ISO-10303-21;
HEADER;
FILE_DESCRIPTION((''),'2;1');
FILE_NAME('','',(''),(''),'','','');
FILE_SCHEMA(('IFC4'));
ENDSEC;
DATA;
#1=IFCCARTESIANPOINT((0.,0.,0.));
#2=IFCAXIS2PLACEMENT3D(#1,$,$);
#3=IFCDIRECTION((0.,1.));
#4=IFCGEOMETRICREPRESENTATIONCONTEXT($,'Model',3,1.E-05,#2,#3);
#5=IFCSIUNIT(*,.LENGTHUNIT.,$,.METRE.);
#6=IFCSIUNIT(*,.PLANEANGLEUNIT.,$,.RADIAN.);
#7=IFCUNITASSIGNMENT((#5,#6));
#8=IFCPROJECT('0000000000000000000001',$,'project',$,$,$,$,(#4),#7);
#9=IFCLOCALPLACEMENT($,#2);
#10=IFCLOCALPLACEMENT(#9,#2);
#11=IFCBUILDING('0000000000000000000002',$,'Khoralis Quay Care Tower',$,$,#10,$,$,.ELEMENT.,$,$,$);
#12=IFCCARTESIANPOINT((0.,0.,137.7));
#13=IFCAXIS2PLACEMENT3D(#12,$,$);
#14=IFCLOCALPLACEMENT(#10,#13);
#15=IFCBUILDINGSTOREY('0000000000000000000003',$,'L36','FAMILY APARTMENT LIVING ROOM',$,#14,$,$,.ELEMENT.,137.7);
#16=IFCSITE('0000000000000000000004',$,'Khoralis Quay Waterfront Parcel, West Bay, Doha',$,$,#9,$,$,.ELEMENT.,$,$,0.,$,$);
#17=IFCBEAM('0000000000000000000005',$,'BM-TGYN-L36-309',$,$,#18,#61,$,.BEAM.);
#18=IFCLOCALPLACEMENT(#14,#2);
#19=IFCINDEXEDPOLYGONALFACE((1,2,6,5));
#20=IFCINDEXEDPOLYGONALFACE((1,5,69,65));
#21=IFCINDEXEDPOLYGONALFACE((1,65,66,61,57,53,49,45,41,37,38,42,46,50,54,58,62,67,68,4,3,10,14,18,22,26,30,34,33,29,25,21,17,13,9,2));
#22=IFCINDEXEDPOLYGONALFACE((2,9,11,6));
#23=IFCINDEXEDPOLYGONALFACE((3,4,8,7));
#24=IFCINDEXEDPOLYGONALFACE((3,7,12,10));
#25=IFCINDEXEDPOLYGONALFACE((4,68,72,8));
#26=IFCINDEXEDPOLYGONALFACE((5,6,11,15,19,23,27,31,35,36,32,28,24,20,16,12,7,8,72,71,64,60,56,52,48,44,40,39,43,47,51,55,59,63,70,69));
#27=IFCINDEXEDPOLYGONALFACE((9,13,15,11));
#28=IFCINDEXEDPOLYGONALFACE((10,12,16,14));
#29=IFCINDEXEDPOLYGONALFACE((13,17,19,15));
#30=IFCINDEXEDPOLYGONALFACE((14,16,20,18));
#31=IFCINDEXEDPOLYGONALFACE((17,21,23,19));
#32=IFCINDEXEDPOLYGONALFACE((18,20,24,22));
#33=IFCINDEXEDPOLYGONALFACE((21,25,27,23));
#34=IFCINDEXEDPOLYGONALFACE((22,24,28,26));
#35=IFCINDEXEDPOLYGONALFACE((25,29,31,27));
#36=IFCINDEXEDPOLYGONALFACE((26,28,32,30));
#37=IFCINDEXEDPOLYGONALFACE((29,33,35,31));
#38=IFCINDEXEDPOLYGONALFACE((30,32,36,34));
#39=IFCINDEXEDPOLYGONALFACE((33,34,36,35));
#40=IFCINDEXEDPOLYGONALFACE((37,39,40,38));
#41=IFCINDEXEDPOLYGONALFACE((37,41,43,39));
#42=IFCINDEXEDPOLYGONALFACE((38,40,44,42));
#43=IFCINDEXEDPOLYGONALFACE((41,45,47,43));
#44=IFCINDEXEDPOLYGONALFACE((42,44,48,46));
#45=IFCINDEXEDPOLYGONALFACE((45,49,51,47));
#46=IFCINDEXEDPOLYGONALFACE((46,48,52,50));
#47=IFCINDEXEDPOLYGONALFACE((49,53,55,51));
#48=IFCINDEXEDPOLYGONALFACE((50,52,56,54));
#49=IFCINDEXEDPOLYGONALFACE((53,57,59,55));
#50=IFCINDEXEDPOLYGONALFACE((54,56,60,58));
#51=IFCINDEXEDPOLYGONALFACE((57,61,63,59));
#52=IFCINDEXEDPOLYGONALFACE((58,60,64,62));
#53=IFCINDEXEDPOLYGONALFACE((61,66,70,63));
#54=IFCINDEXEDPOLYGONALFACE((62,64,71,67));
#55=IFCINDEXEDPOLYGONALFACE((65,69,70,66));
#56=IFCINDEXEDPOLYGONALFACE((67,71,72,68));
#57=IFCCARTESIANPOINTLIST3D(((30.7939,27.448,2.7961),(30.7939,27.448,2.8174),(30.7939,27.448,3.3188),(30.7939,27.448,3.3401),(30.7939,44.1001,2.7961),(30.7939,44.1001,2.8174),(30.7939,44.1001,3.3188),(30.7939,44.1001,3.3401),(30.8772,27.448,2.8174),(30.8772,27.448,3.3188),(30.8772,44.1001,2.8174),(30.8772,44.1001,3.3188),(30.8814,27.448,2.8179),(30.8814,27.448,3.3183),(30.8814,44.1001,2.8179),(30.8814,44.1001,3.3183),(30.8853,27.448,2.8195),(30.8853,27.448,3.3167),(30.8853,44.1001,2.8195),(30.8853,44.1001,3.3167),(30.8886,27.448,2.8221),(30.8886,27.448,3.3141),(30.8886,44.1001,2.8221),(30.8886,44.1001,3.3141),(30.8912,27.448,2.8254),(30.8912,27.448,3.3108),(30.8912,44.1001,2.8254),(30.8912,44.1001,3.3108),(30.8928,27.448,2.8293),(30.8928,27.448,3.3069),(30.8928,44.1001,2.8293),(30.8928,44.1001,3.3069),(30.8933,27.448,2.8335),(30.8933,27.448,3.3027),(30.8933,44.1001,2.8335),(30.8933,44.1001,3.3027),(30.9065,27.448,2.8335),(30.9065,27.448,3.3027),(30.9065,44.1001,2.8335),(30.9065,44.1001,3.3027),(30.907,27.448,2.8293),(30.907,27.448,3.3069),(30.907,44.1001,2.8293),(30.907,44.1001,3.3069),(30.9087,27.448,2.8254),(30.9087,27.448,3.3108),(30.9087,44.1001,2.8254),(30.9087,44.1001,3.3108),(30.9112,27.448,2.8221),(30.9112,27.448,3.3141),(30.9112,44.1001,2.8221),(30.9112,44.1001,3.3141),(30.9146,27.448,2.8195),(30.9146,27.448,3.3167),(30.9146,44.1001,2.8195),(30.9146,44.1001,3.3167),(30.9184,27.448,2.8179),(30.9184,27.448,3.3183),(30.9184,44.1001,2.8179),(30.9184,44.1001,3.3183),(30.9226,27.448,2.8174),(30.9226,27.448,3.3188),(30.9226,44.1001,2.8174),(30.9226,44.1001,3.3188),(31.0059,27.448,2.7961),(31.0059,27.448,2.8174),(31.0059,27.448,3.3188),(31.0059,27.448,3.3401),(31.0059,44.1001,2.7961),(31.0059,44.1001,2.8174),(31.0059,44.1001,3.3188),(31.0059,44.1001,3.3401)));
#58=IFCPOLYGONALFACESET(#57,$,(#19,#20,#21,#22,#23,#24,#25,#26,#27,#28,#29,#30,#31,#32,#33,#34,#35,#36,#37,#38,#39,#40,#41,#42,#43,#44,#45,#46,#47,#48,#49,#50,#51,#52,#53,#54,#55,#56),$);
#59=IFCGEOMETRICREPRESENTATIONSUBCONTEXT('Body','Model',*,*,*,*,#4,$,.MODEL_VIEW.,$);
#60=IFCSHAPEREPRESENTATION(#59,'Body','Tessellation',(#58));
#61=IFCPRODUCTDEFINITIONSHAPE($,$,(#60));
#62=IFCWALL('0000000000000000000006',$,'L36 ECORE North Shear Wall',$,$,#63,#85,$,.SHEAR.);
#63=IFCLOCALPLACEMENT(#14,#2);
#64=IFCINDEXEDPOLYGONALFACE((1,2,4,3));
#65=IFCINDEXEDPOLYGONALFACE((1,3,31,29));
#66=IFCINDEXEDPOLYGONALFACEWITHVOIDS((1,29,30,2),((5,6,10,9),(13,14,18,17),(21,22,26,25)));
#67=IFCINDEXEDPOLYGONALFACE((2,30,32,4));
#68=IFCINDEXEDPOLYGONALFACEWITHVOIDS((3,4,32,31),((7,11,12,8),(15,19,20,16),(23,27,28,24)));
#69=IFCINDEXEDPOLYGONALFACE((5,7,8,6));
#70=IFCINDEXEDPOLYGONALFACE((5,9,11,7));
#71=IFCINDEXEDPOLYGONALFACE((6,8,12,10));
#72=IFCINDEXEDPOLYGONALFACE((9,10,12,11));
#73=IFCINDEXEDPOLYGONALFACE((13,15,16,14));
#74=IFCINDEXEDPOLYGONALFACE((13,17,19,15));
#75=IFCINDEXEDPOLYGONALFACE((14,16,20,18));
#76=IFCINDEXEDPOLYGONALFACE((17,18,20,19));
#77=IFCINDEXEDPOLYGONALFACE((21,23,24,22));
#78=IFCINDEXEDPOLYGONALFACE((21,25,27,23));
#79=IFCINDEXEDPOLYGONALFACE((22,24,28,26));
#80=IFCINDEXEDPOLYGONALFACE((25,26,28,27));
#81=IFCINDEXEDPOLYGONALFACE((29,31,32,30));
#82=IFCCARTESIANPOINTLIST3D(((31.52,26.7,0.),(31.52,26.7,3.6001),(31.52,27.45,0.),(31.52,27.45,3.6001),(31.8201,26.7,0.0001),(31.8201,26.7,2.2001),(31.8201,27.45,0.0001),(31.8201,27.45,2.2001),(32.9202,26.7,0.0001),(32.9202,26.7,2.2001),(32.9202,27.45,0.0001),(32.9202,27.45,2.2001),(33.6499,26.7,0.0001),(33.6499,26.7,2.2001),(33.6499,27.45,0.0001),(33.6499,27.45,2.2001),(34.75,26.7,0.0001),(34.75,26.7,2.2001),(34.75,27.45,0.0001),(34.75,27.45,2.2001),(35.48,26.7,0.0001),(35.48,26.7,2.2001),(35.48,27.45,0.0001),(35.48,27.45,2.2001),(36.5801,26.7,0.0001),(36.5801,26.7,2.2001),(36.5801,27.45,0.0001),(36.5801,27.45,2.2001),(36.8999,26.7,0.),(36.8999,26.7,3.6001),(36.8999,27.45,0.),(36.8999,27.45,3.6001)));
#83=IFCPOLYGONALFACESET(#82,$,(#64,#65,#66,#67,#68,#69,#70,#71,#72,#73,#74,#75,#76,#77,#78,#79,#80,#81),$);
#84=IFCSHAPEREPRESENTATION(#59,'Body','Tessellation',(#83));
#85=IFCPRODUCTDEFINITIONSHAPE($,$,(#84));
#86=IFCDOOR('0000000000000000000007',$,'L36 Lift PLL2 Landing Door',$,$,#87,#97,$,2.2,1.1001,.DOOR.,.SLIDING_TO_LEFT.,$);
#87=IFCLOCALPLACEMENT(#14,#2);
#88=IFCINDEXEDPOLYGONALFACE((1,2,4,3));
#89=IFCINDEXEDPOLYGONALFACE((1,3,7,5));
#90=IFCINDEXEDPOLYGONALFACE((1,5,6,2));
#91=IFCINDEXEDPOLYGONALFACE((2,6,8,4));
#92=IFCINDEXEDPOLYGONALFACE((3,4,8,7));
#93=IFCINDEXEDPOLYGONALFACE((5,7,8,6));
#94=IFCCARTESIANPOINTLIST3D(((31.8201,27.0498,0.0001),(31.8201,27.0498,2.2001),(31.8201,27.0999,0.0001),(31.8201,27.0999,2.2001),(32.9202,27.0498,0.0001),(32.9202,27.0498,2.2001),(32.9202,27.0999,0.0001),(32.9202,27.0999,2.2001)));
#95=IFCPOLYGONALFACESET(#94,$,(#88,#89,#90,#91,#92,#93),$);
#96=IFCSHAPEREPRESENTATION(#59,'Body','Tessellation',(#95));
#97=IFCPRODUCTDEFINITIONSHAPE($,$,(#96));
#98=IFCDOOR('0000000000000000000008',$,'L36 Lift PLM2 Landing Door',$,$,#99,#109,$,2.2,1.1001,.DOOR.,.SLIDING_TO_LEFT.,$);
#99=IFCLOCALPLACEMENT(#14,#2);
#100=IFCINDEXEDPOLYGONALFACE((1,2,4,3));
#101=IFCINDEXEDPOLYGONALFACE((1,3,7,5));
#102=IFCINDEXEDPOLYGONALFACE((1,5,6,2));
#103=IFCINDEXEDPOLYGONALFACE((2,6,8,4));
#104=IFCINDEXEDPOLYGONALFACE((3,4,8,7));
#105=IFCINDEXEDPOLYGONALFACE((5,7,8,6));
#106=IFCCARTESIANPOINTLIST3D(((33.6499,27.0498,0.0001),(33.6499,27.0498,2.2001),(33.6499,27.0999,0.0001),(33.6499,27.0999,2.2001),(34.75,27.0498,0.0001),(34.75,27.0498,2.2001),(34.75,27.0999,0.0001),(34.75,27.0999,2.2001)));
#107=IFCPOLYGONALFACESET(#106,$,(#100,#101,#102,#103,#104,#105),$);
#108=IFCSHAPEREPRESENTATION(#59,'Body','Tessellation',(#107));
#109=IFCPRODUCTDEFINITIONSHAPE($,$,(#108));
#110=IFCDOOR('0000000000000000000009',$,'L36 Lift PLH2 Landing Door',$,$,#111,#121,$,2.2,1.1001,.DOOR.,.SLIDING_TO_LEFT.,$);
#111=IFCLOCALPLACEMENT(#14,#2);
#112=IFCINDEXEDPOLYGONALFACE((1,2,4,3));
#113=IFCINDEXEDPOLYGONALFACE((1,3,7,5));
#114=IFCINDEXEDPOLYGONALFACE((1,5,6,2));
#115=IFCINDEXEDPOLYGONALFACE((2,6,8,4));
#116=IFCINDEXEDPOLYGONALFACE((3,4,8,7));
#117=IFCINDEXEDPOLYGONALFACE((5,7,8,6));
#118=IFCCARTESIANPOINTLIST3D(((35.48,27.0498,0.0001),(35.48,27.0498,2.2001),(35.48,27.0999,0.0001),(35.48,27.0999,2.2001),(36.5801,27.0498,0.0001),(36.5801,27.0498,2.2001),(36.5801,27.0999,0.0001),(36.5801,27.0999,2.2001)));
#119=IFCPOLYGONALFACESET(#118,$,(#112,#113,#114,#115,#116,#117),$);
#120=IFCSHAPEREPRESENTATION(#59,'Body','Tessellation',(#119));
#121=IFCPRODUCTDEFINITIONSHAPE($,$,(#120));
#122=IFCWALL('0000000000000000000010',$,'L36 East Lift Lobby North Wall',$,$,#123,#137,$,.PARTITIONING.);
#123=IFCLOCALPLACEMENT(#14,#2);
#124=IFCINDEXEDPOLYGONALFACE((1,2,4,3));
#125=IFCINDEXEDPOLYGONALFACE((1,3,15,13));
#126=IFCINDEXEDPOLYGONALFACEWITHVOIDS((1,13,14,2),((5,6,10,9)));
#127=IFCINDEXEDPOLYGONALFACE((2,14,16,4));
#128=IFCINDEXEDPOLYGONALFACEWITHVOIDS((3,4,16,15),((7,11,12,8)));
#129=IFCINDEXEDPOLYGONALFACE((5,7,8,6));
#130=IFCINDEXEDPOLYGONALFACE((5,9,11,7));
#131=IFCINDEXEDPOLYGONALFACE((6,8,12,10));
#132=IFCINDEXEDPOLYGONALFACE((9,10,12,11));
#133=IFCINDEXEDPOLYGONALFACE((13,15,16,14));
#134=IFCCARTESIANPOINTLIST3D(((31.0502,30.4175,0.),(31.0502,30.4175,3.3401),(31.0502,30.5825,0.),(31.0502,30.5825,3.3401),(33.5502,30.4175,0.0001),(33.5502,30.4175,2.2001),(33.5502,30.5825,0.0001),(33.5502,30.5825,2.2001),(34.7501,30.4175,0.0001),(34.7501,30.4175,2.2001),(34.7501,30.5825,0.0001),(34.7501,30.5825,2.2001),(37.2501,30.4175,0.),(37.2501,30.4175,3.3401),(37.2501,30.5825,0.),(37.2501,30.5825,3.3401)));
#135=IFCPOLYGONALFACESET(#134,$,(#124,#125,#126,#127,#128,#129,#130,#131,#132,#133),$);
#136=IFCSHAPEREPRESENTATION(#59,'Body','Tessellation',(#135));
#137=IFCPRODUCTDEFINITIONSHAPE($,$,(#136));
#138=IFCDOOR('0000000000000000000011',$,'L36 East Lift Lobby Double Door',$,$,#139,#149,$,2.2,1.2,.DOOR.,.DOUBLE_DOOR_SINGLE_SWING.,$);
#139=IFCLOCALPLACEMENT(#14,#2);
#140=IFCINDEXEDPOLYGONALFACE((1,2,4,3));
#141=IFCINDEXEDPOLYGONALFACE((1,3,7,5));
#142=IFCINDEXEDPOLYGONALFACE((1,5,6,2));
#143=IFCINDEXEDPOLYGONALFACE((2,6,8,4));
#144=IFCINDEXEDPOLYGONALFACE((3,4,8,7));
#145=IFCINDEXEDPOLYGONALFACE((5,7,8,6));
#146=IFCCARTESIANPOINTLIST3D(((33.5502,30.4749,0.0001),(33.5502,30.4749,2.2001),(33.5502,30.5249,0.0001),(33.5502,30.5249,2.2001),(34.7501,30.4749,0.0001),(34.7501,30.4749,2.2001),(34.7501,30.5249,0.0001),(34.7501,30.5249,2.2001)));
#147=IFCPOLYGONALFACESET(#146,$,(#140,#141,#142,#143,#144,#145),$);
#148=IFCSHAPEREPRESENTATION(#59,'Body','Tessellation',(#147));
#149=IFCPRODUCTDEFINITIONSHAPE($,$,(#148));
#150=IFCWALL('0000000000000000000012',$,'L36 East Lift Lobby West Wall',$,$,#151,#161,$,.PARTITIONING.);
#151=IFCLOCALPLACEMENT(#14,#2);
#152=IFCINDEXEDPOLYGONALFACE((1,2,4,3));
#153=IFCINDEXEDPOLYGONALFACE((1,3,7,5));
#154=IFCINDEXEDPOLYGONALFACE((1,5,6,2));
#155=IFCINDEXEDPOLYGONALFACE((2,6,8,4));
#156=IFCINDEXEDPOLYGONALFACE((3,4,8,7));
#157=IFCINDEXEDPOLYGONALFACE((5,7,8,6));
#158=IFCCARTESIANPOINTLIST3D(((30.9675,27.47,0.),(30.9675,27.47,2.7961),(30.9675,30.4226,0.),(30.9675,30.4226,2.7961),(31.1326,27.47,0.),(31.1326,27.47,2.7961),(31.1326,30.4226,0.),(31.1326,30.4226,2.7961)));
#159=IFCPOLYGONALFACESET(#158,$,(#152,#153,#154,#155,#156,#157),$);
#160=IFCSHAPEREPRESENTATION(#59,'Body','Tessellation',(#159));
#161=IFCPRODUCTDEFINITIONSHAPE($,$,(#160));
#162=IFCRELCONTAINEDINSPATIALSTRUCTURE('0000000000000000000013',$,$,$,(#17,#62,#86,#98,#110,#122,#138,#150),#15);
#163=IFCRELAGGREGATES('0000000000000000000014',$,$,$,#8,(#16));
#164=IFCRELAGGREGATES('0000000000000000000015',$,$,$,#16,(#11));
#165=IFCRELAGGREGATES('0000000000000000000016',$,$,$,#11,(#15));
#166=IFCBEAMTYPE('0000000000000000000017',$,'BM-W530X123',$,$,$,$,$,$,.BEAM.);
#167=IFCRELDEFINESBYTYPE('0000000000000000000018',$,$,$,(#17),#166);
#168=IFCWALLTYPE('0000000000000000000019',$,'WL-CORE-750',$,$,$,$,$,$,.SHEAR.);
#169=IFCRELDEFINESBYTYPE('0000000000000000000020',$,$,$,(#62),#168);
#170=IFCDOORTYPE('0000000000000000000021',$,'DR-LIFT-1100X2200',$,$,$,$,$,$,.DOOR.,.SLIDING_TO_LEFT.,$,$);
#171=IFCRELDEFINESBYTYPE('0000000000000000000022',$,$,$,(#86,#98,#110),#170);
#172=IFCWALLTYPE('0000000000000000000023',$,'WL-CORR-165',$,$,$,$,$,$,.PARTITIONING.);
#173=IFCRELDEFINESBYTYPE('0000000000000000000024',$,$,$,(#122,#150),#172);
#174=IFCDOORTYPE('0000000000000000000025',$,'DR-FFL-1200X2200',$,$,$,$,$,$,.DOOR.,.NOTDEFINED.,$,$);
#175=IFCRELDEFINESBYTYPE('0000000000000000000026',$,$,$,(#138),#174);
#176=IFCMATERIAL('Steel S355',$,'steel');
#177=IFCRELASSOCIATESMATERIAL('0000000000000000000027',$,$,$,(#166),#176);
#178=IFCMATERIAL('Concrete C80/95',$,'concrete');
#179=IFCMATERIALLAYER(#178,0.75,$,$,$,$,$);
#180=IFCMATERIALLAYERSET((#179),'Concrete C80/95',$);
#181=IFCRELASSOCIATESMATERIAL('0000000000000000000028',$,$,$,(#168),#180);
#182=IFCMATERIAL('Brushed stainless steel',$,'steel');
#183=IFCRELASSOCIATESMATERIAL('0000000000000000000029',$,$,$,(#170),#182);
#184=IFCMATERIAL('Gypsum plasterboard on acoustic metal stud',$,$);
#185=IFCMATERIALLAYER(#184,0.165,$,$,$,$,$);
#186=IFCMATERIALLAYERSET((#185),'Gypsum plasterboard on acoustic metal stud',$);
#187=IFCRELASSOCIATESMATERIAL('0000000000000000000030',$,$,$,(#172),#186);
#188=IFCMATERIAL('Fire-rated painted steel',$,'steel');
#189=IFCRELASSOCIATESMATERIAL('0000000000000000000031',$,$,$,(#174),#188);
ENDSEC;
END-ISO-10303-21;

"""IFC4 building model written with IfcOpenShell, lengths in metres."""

from ifc_helpers import new_model, si_unit, direction, frame, frame_2d, origin, origin_2d, place, context, subcontext, project, spatial, rectangle, i_section, extrude, source, transform, mapped, material, layer, layer_set, material_profile, profile_set, type_object, element, fill, save


model = new_model("IFC4")

# Units and contexts
model_context = context("Model", 3, precision=1e-05, world=origin(), true_north=direction((0.0, 1.0)))
body_context = subcontext(model_context, "Body", "Model", "MODEL_VIEW")
ifc_project = project(units=[si_unit("LENGTHUNIT", "METRE"), si_unit("PLANEANGLEUNIT", "RADIAN")], contexts=[model_context])

# Site, building, storey
site_placement = place(None, origin())
site = spatial("IfcSite", under=ifc_project, at=site_placement, Name="Khoralis Quay Waterfront Parcel, West Bay, Doha", CompositionType="ELEMENT", RefElevation=0.0)
building_placement = place(site_placement, origin())
building = spatial("IfcBuilding", under=site, at=building_placement, Name="Khoralis Quay Care Tower", CompositionType="ELEMENT")
storey_placement = place(building_placement, frame((0.0, 0.0, 137.7)))
storey = spatial("IfcBuildingStorey", under=building, at=storey_placement, Name="L36", Description="FAMILY APARTMENT LIVING ROOM", CompositionType="ELEMENT", Elevation=137.7)

# Beam
ifc_material_1 = material(Name="Steel S355", Category="steel")
ifc_material_profile_1 = material_profile(ifc_material_1, i_section(OverallWidth=0.2119, OverallDepth=0.5439, WebThickness=0.0132, FlangeThickness=0.0212, FilletRadius=0.0161, at=origin_2d()), Name="Steel S355")
ifc_profile_set_1 = profile_set([ifc_material_profile_1], Name="Steel S355")
beam_type_1 = type_object("IfcBeamType", Name="BM-W530X123", PredefinedType="BEAM", material=ifc_profile_set_1)
shared_shape_1 = source(origin(), body_context, "Body", "SweptSolid", [
    extrude(i_section(OverallWidth=0.2119, OverallDepth=0.5439, WebThickness=0.0132, FlangeThickness=0.0212, FilletRadius=0.0161, at=origin_2d()), origin(), (0.0, 0.0, 1.0), 16.6521),
])
beam_1_placement = place(storey_placement, frame((30.8999, 27.448, 3.0681), z_axis=(0.0, 1.0, 0.0), x_axis=(-1.0, 0.0, 0.0)))
element("IfcBeam", 1, at=beam_1_placement, inside=storey, type_object=beam_type_1, Name="BM-TGYN-L36-309", PredefinedType="BEAM", context=body_context, shape_type="MappedRepresentation", body=[
    mapped(shared_shape_1, transform((0.0, 0.0, 0.0), scale=1.0)),
])

# Wall, openings, doors
ifc_material_2 = material(Name="Concrete C80/95", Category="concrete")
ifc_layer_1 = layer(ifc_material_2, 0.75)
ifc_layer_set_1 = layer_set([ifc_layer_1], Name="Concrete C80/95")
wall_type_1 = type_object("IfcWallType", Name="WL-CORE-750", PredefinedType="SHEAR", material=ifc_layer_set_1)
wall_1_placement = place(storey_placement, frame((31.52, 27.075, 0.0), z_axis=(0.0, 0.0, 1.0), x_axis=(1.0, 0.0, 0.0)))
wall_1 = element("IfcWall", 2, at=wall_1_placement, inside=storey, type_object=wall_type_1, Name="L36 ECORE North Shear Wall", PredefinedType="SHEAR", context=body_context, shape_type="SweptSolid", body=[
    extrude(rectangle(XDim=5.3799, YDim=0.75, at=frame_2d((2.6899, 0.0))), origin(), (0.0, 0.0, 1.0), 3.6001),
])
opening_1_placement = place(wall_1_placement, frame((0.3, 0.0, 0.0)))
opening_1 = element("IfcOpeningElement", 3, at=opening_1_placement, cuts=wall_1, PredefinedType="OPENING", context=body_context, shape_type="SweptSolid", body=[
    extrude(rectangle(XDim=1.1001, YDim=2.2, at=frame_2d((0.55, 1.1001))), frame((0.0, 0.385, 0.0), z_axis=(0.0, -1.0, 0.0), x_axis=(1.0, 0.0, 0.0)), (0.0, 0.0, 1.0), 0.77),
])
opening_2_placement = place(wall_1_placement, frame((2.1299, 0.0, 0.0)))
opening_2 = element("IfcOpeningElement", 4, at=opening_2_placement, cuts=wall_1, PredefinedType="OPENING", context=body_context, shape_type="SweptSolid", body=[
    extrude(rectangle(XDim=1.1001, YDim=2.2, at=frame_2d((0.55, 1.1001))), frame((0.0, 0.385, 0.0), z_axis=(0.0, -1.0, 0.0), x_axis=(1.0, 0.0, 0.0)), (0.0, 0.0, 1.0), 0.77),
])
opening_3_placement = place(wall_1_placement, frame((3.96, 0.0, 0.0)))
opening_3 = element("IfcOpeningElement", 5, at=opening_3_placement, cuts=wall_1, PredefinedType="OPENING", context=body_context, shape_type="SweptSolid", body=[
    extrude(rectangle(XDim=1.1001, YDim=2.2, at=frame_2d((0.55, 1.1001))), frame((0.0, 0.385, 0.0), z_axis=(0.0, -1.0, 0.0), x_axis=(1.0, 0.0, 0.0)), (0.0, 0.0, 1.0), 0.77),
])
ifc_material_3 = material(Name="Brushed stainless steel", Category="steel")
door_type_1 = type_object("IfcDoorType", Name="DR-LIFT-1100X2200", OperationType="SLIDING_TO_LEFT", PredefinedType="DOOR", material=ifc_material_3)
shared_shape_2 = source(origin(), body_context, "Body", "SweptSolid", [
    extrude(rectangle(XDim=1.1001, YDim=2.2, at=frame_2d((0.55, 1.1001))), frame((0.0, 0.0249, 0.0), z_axis=(0.0, -1.0, 0.0), x_axis=(1.0, 0.0, 0.0)), (0.0, 0.0, 1.0), 0.05),
])
door_1_placement = place(opening_1_placement, origin())
door_1 = element("IfcDoor", 6, at=door_1_placement, inside=storey, type_object=door_type_1, Name="L36 Lift PLL2 Landing Door", OperationType="SLIDING_TO_LEFT", OverallHeight=2.2, OverallWidth=1.1001, PredefinedType="DOOR", context=body_context, shape_type="MappedRepresentation", body=[
    mapped(shared_shape_2, transform((0.0, 0.0, 0.0), scale=1.0)),
])
fill(opening_1, door_1)
door_2_placement = place(opening_2_placement, origin())
door_2 = element("IfcDoor", 7, at=door_2_placement, inside=storey, type_object=door_type_1, Name="L36 Lift PLM2 Landing Door", OperationType="SLIDING_TO_LEFT", OverallHeight=2.2, OverallWidth=1.1001, PredefinedType="DOOR", context=body_context, shape_type="MappedRepresentation", body=[
    mapped(shared_shape_2, transform((0.0, 0.0, 0.0), scale=1.0)),
])
fill(opening_2, door_2)
door_3_placement = place(opening_3_placement, origin())
door_3 = element("IfcDoor", 8, at=door_3_placement, inside=storey, type_object=door_type_1, Name="L36 Lift PLH2 Landing Door", OperationType="SLIDING_TO_LEFT", OverallHeight=2.2, OverallWidth=1.1001, PredefinedType="DOOR", context=body_context, shape_type="MappedRepresentation", body=[
    mapped(shared_shape_2, transform((0.0, 0.0, 0.0), scale=1.0)),
])
fill(opening_3, door_3)

# Wall, opening, door
ifc_material_4 = material(Name="Gypsum plasterboard on acoustic metal stud")
ifc_layer_2 = layer(ifc_material_4, 0.165)
ifc_layer_set_2 = layer_set([ifc_layer_2], Name="Gypsum plasterboard on acoustic metal stud")
wall_type_2 = type_object("IfcWallType", Name="WL-CORR-165", PredefinedType="PARTITIONING", material=ifc_layer_set_2)
wall_2_placement = place(storey_placement, frame((31.05, 30.5, 0.0), z_axis=(0.0, 0.0, 1.0), x_axis=(1.0, 0.0, 0.0)))
wall_2 = element("IfcWall", 9, at=wall_2_placement, inside=storey, type_object=wall_type_2, Name="L36 East Lift Lobby North Wall", PredefinedType="PARTITIONING", context=body_context, shape_type="SweptSolid", body=[
    extrude(rectangle(XDim=6.2, YDim=0.165, at=frame_2d((3.1001, 0.0))), origin(), (0.0, 0.0, 1.0), 3.3401),
])
opening_4_placement = place(wall_2_placement, frame((2.5, 0.0, 0.0)))
opening_4 = element("IfcOpeningElement", 10, at=opening_4_placement, cuts=wall_2, PredefinedType="OPENING", context=body_context, shape_type="SweptSolid", body=[
    extrude(rectangle(XDim=1.2, YDim=2.2, at=frame_2d((0.6001, 1.1001))), frame((0.0, 0.0925, 0.0), z_axis=(0.0, -1.0, 0.0), x_axis=(1.0, 0.0, 0.0)), (0.0, 0.0, 1.0), 0.1851),
])
ifc_material_5 = material(Name="Fire-rated painted steel", Category="steel")
door_type_2 = type_object("IfcDoorType", Name="DR-FFL-1200X2200", OperationType="NOTDEFINED", PredefinedType="DOOR", material=ifc_material_5)
shared_shape_3 = source(origin(), body_context, "Body", "SweptSolid", [
    extrude(rectangle(XDim=1.2, YDim=2.2, at=frame_2d((0.6001, 1.1001))), frame((0.0, 0.0249, 0.0), z_axis=(0.0, -1.0, 0.0), x_axis=(1.0, 0.0, 0.0)), (0.0, 0.0, 1.0), 0.05),
])
door_4_placement = place(opening_4_placement, origin())
door_4 = element("IfcDoor", 11, at=door_4_placement, inside=storey, type_object=door_type_2, Name="L36 East Lift Lobby Double Door", OperationType="DOUBLE_DOOR_SINGLE_SWING", OverallHeight=2.2, OverallWidth=1.2, PredefinedType="DOOR", context=body_context, shape_type="MappedRepresentation", body=[
    mapped(shared_shape_3, transform((0.0, 0.0, 0.0), scale=1.0)),
])
fill(opening_4, door_4)

# Wall
wall_3_placement = place(storey_placement, frame((31.05, 27.47, 0.0), z_axis=(0.0, 0.0, 1.0), x_axis=(0.0, 1.0, 0.0)))
element("IfcWall", 12, at=wall_3_placement, inside=storey, type_object=wall_type_2, Name="L36 East Lift Lobby West Wall", PredefinedType="PARTITIONING", context=body_context, shape_type="SweptSolid", body=[
    extrude(rectangle(XDim=2.9526, YDim=0.165, at=frame_2d((1.4763, 0.0))), origin(), (0.0, 0.0, 1.0), 2.7961),
])

save(model, "model.ifc")
